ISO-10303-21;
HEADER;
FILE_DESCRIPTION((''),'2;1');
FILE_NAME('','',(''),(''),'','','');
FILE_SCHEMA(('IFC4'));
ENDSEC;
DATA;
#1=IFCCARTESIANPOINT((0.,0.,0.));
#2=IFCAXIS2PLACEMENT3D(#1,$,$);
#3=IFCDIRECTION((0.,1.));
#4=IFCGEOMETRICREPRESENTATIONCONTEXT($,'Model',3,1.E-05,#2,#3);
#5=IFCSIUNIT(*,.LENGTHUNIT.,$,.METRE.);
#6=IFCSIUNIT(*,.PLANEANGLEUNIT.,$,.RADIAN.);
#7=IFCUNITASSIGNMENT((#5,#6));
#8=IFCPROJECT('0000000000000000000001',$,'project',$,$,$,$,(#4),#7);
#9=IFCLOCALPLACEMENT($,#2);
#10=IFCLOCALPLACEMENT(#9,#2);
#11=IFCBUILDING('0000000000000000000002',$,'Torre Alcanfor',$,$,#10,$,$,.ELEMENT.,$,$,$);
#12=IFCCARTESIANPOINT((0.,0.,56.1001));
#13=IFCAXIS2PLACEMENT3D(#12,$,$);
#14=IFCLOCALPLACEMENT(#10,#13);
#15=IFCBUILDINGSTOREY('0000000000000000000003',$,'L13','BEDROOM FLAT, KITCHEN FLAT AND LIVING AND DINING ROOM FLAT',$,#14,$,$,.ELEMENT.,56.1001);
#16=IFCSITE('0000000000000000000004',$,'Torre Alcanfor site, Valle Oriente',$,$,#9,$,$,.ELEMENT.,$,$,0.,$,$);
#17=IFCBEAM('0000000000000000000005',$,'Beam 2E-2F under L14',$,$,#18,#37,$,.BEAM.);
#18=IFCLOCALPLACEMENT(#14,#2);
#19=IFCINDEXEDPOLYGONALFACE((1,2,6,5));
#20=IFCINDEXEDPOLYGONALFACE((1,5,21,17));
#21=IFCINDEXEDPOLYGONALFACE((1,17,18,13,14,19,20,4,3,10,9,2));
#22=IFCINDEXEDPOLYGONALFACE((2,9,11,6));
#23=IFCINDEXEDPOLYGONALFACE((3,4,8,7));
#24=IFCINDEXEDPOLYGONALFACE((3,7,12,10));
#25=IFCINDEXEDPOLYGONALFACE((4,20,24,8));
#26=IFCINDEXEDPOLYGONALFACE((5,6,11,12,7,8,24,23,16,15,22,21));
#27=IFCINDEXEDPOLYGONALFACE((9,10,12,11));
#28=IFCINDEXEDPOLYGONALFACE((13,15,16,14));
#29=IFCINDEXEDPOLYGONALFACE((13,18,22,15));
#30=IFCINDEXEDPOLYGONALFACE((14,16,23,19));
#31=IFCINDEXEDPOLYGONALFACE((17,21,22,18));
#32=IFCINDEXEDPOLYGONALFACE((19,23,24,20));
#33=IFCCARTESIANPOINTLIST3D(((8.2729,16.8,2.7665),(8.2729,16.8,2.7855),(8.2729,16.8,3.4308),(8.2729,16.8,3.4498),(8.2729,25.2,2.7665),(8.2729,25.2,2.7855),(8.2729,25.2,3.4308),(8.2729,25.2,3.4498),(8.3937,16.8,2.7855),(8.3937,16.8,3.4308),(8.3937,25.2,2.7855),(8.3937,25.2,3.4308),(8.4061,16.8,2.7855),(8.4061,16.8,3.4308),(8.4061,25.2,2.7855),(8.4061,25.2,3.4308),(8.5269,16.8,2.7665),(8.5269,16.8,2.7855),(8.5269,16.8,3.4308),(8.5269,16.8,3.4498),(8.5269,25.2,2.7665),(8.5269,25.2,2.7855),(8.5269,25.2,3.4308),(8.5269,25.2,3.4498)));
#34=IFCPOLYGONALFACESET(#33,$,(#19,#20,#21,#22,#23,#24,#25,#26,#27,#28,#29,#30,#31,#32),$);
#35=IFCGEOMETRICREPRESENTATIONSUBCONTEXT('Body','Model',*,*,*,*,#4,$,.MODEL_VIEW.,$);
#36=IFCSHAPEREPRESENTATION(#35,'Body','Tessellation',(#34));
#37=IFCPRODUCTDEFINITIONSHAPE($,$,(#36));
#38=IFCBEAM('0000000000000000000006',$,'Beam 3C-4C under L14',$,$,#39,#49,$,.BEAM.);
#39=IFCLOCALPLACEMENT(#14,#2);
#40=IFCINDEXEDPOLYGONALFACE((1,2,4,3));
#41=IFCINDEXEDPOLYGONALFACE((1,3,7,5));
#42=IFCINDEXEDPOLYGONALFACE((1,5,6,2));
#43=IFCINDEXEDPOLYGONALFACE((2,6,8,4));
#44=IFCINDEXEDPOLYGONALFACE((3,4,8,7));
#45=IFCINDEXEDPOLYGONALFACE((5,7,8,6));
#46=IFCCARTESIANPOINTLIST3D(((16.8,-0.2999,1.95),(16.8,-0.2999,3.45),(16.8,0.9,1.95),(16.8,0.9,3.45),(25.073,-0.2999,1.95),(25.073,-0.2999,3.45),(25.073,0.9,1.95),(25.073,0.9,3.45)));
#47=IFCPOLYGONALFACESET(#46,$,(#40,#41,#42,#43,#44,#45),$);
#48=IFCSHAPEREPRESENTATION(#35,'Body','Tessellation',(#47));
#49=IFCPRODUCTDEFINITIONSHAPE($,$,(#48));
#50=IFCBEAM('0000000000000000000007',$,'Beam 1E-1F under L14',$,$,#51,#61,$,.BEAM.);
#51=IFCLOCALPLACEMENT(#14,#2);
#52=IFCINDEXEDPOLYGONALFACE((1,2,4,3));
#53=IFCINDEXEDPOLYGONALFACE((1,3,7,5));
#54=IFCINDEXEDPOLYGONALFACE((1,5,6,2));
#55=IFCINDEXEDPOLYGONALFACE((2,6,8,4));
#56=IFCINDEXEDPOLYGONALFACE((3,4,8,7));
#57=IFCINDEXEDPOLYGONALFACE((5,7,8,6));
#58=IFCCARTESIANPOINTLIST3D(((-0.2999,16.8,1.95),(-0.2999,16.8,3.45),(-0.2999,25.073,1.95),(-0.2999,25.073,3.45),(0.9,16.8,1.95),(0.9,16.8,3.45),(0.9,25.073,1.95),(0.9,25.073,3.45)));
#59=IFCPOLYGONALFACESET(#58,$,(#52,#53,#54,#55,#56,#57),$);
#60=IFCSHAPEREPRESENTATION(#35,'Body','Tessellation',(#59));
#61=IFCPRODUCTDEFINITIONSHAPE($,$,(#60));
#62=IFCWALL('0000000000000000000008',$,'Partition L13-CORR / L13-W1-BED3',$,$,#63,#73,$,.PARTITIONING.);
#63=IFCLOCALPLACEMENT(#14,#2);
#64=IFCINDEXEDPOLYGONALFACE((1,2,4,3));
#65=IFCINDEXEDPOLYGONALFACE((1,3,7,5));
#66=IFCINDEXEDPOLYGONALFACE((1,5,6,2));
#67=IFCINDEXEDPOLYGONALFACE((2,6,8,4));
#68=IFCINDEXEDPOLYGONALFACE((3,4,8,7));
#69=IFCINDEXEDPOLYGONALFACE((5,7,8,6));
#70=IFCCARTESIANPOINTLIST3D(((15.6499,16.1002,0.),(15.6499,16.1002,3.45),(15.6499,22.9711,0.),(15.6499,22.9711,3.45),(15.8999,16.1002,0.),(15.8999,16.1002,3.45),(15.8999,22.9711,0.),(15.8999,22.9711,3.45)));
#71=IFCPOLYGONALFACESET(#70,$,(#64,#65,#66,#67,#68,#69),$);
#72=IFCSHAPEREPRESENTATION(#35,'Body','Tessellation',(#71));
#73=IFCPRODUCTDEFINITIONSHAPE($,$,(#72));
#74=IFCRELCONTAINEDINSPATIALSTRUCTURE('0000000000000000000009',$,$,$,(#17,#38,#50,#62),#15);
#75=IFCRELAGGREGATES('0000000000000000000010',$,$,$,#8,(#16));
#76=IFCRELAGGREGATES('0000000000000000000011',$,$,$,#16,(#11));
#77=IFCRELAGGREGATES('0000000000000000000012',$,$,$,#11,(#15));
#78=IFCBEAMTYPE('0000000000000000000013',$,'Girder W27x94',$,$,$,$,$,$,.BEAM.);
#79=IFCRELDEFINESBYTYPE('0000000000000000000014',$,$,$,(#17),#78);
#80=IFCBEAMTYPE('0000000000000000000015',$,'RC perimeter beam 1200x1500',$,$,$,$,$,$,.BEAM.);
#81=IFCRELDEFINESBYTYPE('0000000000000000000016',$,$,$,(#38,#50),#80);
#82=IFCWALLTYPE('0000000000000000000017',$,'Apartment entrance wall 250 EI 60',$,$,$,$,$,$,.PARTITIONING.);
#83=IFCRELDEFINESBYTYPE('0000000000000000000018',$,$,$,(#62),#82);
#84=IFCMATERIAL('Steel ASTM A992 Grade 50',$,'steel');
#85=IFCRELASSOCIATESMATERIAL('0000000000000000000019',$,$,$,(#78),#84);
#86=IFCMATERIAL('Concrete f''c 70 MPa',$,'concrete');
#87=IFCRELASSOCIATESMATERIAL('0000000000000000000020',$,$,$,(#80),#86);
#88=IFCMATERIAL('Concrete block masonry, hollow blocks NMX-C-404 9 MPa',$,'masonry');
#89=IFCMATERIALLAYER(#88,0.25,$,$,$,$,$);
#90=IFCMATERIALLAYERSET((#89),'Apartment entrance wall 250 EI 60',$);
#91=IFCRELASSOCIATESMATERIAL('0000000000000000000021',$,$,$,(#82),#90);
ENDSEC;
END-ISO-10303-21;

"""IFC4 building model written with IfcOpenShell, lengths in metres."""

from ifc_helpers import new_model, si_unit, direction, frame, frame_2d, origin, origin_2d, place, context, subcontext, project, spatial, rectangle, i_section, extrude, material, layer, layer_set, material_profile, profile_set, type_object, element, save


model = new_model("IFC4")

# Units and contexts
model_context = context("Model", 3, precision=1e-05, world=origin(), true_north=direction((0.0, 1.0)))
body_context = subcontext(model_context, "Body", "Model", "MODEL_VIEW")
ifc_project = project(units=[si_unit("LENGTHUNIT", "METRE"), si_unit("PLANEANGLEUNIT", "RADIAN")], contexts=[model_context])

# Site, building, storey
site_placement = place(None, origin())
site = spatial("IfcSite", under=ifc_project, at=site_placement, Name="Torre Alcanfor site, Valle Oriente", CompositionType="ELEMENT", RefElevation=0.0)
building_placement = place(site_placement, origin())
building = spatial("IfcBuilding", under=site, at=building_placement, Name="Torre Alcanfor", CompositionType="ELEMENT")
storey_placement = place(building_placement, frame((0.0, 0.0, 56.1001)))
storey = spatial("IfcBuildingStorey", under=building, at=storey_placement, Name="L13", Description="BEDROOM FLAT, KITCHEN FLAT AND LIVING AND DINING ROOM FLAT", CompositionType="ELEMENT", Elevation=56.1001)

# Beams
ifc_material_1 = material(Name="Steel ASTM A992 Grade 50", Category="steel")
ifc_material_profile_1 = material_profile(ifc_material_1, i_section(OverallWidth=0.2539, OverallDepth=0.6833, WebThickness=0.0125, FlangeThickness=0.019, at=origin_2d()), Name="W27x94")
ifc_profile_set_1 = profile_set([ifc_material_profile_1], Name="Steel ASTM A992 Grade 50")
beam_type_1 = type_object("IfcBeamType", Name="Girder W27x94", PredefinedType="BEAM", material=ifc_profile_set_1)
beam_placement = place(storey_placement, frame((8.3999, 16.8, 3.1082), z_axis=(0.0, 1.0, 0.0), x_axis=(-1.0, 0.0, 0.0)))
element("IfcBeam", 1, at=beam_placement, inside=storey, type_object=beam_type_1, Name="Beam 2E-2F under L14", PredefinedType="BEAM", context=body_context, shape_type="SweptSolid", body=[
    extrude(i_section(OverallWidth=0.2539, OverallDepth=0.6833, WebThickness=0.0125, FlangeThickness=0.019, at=origin_2d()), origin(), (0.0, 0.0, 1.0), 8.3999),
])
ifc_material_2 = material(Name="Concrete f'c 70 MPa", Category="concrete")
ifc_material_profile_2 = material_profile(ifc_material_2, rectangle(XDim=1.2, YDim=1.5, at=origin_2d()), Name="1200x1500")
ifc_profile_set_2 = profile_set([ifc_material_profile_2], Name="Concrete f'c 70 MPa")
beam_type_2 = type_object("IfcBeamType", Name="RC perimeter beam 1200x1500", PredefinedType="BEAM", material=ifc_profile_set_2)
for number, where, z_axis, x_axis, name in (
    (2, (16.8, 0.3, 2.7), (1.0, 0.0, 0.0), (0.0, 1.0, 0.0), "Beam 3C-4C under L14"),
    (3, (0.3, 16.8, 2.7), (0.0, 1.0, 0.0), (-1.0, 0.0, 0.0), "Beam 1E-1F under L14"),
):
    element("IfcBeam", number, at=place(storey_placement, frame(where, z_axis=z_axis, x_axis=x_axis)), inside=storey, type_object=beam_type_2, Name=name, PredefinedType="BEAM", context=body_context, shape_type="SweptSolid", body=[
        extrude(rectangle(XDim=1.2, YDim=1.5, at=origin_2d()), origin(), (0.0, 0.0, 1.0), 8.2729),
    ])

# Wall
ifc_material_3 = material(Name="Concrete block masonry, hollow blocks NMX-C-404 9 MPa", Category="masonry")
ifc_layer_1 = layer(ifc_material_3, 0.25)
ifc_layer_set_1 = layer_set([ifc_layer_1], Name="Apartment entrance wall 250 EI 60")
wall_type_1 = type_object("IfcWallType", Name="Apartment entrance wall 250 EI 60", PredefinedType="PARTITIONING", material=ifc_layer_set_1)
wall_1_placement = place(storey_placement, frame((15.7749, 16.1001, 0.0), z_axis=(0.0, 0.0, 1.0), x_axis=(0.0, 1.0, 0.0)))
element("IfcWall", 4, at=wall_1_placement, inside=storey, type_object=wall_type_1, Name="Partition L13-CORR / L13-W1-BED3", PredefinedType="PARTITIONING", context=body_context, shape_type="SweptSolid", body=[
    extrude(rectangle(XDim=6.8708, YDim=0.25, at=frame_2d((3.4355, 0.0))), origin(), (0.0, 0.0, 1.0), 3.45),
])

save(model, "model.ifc")
